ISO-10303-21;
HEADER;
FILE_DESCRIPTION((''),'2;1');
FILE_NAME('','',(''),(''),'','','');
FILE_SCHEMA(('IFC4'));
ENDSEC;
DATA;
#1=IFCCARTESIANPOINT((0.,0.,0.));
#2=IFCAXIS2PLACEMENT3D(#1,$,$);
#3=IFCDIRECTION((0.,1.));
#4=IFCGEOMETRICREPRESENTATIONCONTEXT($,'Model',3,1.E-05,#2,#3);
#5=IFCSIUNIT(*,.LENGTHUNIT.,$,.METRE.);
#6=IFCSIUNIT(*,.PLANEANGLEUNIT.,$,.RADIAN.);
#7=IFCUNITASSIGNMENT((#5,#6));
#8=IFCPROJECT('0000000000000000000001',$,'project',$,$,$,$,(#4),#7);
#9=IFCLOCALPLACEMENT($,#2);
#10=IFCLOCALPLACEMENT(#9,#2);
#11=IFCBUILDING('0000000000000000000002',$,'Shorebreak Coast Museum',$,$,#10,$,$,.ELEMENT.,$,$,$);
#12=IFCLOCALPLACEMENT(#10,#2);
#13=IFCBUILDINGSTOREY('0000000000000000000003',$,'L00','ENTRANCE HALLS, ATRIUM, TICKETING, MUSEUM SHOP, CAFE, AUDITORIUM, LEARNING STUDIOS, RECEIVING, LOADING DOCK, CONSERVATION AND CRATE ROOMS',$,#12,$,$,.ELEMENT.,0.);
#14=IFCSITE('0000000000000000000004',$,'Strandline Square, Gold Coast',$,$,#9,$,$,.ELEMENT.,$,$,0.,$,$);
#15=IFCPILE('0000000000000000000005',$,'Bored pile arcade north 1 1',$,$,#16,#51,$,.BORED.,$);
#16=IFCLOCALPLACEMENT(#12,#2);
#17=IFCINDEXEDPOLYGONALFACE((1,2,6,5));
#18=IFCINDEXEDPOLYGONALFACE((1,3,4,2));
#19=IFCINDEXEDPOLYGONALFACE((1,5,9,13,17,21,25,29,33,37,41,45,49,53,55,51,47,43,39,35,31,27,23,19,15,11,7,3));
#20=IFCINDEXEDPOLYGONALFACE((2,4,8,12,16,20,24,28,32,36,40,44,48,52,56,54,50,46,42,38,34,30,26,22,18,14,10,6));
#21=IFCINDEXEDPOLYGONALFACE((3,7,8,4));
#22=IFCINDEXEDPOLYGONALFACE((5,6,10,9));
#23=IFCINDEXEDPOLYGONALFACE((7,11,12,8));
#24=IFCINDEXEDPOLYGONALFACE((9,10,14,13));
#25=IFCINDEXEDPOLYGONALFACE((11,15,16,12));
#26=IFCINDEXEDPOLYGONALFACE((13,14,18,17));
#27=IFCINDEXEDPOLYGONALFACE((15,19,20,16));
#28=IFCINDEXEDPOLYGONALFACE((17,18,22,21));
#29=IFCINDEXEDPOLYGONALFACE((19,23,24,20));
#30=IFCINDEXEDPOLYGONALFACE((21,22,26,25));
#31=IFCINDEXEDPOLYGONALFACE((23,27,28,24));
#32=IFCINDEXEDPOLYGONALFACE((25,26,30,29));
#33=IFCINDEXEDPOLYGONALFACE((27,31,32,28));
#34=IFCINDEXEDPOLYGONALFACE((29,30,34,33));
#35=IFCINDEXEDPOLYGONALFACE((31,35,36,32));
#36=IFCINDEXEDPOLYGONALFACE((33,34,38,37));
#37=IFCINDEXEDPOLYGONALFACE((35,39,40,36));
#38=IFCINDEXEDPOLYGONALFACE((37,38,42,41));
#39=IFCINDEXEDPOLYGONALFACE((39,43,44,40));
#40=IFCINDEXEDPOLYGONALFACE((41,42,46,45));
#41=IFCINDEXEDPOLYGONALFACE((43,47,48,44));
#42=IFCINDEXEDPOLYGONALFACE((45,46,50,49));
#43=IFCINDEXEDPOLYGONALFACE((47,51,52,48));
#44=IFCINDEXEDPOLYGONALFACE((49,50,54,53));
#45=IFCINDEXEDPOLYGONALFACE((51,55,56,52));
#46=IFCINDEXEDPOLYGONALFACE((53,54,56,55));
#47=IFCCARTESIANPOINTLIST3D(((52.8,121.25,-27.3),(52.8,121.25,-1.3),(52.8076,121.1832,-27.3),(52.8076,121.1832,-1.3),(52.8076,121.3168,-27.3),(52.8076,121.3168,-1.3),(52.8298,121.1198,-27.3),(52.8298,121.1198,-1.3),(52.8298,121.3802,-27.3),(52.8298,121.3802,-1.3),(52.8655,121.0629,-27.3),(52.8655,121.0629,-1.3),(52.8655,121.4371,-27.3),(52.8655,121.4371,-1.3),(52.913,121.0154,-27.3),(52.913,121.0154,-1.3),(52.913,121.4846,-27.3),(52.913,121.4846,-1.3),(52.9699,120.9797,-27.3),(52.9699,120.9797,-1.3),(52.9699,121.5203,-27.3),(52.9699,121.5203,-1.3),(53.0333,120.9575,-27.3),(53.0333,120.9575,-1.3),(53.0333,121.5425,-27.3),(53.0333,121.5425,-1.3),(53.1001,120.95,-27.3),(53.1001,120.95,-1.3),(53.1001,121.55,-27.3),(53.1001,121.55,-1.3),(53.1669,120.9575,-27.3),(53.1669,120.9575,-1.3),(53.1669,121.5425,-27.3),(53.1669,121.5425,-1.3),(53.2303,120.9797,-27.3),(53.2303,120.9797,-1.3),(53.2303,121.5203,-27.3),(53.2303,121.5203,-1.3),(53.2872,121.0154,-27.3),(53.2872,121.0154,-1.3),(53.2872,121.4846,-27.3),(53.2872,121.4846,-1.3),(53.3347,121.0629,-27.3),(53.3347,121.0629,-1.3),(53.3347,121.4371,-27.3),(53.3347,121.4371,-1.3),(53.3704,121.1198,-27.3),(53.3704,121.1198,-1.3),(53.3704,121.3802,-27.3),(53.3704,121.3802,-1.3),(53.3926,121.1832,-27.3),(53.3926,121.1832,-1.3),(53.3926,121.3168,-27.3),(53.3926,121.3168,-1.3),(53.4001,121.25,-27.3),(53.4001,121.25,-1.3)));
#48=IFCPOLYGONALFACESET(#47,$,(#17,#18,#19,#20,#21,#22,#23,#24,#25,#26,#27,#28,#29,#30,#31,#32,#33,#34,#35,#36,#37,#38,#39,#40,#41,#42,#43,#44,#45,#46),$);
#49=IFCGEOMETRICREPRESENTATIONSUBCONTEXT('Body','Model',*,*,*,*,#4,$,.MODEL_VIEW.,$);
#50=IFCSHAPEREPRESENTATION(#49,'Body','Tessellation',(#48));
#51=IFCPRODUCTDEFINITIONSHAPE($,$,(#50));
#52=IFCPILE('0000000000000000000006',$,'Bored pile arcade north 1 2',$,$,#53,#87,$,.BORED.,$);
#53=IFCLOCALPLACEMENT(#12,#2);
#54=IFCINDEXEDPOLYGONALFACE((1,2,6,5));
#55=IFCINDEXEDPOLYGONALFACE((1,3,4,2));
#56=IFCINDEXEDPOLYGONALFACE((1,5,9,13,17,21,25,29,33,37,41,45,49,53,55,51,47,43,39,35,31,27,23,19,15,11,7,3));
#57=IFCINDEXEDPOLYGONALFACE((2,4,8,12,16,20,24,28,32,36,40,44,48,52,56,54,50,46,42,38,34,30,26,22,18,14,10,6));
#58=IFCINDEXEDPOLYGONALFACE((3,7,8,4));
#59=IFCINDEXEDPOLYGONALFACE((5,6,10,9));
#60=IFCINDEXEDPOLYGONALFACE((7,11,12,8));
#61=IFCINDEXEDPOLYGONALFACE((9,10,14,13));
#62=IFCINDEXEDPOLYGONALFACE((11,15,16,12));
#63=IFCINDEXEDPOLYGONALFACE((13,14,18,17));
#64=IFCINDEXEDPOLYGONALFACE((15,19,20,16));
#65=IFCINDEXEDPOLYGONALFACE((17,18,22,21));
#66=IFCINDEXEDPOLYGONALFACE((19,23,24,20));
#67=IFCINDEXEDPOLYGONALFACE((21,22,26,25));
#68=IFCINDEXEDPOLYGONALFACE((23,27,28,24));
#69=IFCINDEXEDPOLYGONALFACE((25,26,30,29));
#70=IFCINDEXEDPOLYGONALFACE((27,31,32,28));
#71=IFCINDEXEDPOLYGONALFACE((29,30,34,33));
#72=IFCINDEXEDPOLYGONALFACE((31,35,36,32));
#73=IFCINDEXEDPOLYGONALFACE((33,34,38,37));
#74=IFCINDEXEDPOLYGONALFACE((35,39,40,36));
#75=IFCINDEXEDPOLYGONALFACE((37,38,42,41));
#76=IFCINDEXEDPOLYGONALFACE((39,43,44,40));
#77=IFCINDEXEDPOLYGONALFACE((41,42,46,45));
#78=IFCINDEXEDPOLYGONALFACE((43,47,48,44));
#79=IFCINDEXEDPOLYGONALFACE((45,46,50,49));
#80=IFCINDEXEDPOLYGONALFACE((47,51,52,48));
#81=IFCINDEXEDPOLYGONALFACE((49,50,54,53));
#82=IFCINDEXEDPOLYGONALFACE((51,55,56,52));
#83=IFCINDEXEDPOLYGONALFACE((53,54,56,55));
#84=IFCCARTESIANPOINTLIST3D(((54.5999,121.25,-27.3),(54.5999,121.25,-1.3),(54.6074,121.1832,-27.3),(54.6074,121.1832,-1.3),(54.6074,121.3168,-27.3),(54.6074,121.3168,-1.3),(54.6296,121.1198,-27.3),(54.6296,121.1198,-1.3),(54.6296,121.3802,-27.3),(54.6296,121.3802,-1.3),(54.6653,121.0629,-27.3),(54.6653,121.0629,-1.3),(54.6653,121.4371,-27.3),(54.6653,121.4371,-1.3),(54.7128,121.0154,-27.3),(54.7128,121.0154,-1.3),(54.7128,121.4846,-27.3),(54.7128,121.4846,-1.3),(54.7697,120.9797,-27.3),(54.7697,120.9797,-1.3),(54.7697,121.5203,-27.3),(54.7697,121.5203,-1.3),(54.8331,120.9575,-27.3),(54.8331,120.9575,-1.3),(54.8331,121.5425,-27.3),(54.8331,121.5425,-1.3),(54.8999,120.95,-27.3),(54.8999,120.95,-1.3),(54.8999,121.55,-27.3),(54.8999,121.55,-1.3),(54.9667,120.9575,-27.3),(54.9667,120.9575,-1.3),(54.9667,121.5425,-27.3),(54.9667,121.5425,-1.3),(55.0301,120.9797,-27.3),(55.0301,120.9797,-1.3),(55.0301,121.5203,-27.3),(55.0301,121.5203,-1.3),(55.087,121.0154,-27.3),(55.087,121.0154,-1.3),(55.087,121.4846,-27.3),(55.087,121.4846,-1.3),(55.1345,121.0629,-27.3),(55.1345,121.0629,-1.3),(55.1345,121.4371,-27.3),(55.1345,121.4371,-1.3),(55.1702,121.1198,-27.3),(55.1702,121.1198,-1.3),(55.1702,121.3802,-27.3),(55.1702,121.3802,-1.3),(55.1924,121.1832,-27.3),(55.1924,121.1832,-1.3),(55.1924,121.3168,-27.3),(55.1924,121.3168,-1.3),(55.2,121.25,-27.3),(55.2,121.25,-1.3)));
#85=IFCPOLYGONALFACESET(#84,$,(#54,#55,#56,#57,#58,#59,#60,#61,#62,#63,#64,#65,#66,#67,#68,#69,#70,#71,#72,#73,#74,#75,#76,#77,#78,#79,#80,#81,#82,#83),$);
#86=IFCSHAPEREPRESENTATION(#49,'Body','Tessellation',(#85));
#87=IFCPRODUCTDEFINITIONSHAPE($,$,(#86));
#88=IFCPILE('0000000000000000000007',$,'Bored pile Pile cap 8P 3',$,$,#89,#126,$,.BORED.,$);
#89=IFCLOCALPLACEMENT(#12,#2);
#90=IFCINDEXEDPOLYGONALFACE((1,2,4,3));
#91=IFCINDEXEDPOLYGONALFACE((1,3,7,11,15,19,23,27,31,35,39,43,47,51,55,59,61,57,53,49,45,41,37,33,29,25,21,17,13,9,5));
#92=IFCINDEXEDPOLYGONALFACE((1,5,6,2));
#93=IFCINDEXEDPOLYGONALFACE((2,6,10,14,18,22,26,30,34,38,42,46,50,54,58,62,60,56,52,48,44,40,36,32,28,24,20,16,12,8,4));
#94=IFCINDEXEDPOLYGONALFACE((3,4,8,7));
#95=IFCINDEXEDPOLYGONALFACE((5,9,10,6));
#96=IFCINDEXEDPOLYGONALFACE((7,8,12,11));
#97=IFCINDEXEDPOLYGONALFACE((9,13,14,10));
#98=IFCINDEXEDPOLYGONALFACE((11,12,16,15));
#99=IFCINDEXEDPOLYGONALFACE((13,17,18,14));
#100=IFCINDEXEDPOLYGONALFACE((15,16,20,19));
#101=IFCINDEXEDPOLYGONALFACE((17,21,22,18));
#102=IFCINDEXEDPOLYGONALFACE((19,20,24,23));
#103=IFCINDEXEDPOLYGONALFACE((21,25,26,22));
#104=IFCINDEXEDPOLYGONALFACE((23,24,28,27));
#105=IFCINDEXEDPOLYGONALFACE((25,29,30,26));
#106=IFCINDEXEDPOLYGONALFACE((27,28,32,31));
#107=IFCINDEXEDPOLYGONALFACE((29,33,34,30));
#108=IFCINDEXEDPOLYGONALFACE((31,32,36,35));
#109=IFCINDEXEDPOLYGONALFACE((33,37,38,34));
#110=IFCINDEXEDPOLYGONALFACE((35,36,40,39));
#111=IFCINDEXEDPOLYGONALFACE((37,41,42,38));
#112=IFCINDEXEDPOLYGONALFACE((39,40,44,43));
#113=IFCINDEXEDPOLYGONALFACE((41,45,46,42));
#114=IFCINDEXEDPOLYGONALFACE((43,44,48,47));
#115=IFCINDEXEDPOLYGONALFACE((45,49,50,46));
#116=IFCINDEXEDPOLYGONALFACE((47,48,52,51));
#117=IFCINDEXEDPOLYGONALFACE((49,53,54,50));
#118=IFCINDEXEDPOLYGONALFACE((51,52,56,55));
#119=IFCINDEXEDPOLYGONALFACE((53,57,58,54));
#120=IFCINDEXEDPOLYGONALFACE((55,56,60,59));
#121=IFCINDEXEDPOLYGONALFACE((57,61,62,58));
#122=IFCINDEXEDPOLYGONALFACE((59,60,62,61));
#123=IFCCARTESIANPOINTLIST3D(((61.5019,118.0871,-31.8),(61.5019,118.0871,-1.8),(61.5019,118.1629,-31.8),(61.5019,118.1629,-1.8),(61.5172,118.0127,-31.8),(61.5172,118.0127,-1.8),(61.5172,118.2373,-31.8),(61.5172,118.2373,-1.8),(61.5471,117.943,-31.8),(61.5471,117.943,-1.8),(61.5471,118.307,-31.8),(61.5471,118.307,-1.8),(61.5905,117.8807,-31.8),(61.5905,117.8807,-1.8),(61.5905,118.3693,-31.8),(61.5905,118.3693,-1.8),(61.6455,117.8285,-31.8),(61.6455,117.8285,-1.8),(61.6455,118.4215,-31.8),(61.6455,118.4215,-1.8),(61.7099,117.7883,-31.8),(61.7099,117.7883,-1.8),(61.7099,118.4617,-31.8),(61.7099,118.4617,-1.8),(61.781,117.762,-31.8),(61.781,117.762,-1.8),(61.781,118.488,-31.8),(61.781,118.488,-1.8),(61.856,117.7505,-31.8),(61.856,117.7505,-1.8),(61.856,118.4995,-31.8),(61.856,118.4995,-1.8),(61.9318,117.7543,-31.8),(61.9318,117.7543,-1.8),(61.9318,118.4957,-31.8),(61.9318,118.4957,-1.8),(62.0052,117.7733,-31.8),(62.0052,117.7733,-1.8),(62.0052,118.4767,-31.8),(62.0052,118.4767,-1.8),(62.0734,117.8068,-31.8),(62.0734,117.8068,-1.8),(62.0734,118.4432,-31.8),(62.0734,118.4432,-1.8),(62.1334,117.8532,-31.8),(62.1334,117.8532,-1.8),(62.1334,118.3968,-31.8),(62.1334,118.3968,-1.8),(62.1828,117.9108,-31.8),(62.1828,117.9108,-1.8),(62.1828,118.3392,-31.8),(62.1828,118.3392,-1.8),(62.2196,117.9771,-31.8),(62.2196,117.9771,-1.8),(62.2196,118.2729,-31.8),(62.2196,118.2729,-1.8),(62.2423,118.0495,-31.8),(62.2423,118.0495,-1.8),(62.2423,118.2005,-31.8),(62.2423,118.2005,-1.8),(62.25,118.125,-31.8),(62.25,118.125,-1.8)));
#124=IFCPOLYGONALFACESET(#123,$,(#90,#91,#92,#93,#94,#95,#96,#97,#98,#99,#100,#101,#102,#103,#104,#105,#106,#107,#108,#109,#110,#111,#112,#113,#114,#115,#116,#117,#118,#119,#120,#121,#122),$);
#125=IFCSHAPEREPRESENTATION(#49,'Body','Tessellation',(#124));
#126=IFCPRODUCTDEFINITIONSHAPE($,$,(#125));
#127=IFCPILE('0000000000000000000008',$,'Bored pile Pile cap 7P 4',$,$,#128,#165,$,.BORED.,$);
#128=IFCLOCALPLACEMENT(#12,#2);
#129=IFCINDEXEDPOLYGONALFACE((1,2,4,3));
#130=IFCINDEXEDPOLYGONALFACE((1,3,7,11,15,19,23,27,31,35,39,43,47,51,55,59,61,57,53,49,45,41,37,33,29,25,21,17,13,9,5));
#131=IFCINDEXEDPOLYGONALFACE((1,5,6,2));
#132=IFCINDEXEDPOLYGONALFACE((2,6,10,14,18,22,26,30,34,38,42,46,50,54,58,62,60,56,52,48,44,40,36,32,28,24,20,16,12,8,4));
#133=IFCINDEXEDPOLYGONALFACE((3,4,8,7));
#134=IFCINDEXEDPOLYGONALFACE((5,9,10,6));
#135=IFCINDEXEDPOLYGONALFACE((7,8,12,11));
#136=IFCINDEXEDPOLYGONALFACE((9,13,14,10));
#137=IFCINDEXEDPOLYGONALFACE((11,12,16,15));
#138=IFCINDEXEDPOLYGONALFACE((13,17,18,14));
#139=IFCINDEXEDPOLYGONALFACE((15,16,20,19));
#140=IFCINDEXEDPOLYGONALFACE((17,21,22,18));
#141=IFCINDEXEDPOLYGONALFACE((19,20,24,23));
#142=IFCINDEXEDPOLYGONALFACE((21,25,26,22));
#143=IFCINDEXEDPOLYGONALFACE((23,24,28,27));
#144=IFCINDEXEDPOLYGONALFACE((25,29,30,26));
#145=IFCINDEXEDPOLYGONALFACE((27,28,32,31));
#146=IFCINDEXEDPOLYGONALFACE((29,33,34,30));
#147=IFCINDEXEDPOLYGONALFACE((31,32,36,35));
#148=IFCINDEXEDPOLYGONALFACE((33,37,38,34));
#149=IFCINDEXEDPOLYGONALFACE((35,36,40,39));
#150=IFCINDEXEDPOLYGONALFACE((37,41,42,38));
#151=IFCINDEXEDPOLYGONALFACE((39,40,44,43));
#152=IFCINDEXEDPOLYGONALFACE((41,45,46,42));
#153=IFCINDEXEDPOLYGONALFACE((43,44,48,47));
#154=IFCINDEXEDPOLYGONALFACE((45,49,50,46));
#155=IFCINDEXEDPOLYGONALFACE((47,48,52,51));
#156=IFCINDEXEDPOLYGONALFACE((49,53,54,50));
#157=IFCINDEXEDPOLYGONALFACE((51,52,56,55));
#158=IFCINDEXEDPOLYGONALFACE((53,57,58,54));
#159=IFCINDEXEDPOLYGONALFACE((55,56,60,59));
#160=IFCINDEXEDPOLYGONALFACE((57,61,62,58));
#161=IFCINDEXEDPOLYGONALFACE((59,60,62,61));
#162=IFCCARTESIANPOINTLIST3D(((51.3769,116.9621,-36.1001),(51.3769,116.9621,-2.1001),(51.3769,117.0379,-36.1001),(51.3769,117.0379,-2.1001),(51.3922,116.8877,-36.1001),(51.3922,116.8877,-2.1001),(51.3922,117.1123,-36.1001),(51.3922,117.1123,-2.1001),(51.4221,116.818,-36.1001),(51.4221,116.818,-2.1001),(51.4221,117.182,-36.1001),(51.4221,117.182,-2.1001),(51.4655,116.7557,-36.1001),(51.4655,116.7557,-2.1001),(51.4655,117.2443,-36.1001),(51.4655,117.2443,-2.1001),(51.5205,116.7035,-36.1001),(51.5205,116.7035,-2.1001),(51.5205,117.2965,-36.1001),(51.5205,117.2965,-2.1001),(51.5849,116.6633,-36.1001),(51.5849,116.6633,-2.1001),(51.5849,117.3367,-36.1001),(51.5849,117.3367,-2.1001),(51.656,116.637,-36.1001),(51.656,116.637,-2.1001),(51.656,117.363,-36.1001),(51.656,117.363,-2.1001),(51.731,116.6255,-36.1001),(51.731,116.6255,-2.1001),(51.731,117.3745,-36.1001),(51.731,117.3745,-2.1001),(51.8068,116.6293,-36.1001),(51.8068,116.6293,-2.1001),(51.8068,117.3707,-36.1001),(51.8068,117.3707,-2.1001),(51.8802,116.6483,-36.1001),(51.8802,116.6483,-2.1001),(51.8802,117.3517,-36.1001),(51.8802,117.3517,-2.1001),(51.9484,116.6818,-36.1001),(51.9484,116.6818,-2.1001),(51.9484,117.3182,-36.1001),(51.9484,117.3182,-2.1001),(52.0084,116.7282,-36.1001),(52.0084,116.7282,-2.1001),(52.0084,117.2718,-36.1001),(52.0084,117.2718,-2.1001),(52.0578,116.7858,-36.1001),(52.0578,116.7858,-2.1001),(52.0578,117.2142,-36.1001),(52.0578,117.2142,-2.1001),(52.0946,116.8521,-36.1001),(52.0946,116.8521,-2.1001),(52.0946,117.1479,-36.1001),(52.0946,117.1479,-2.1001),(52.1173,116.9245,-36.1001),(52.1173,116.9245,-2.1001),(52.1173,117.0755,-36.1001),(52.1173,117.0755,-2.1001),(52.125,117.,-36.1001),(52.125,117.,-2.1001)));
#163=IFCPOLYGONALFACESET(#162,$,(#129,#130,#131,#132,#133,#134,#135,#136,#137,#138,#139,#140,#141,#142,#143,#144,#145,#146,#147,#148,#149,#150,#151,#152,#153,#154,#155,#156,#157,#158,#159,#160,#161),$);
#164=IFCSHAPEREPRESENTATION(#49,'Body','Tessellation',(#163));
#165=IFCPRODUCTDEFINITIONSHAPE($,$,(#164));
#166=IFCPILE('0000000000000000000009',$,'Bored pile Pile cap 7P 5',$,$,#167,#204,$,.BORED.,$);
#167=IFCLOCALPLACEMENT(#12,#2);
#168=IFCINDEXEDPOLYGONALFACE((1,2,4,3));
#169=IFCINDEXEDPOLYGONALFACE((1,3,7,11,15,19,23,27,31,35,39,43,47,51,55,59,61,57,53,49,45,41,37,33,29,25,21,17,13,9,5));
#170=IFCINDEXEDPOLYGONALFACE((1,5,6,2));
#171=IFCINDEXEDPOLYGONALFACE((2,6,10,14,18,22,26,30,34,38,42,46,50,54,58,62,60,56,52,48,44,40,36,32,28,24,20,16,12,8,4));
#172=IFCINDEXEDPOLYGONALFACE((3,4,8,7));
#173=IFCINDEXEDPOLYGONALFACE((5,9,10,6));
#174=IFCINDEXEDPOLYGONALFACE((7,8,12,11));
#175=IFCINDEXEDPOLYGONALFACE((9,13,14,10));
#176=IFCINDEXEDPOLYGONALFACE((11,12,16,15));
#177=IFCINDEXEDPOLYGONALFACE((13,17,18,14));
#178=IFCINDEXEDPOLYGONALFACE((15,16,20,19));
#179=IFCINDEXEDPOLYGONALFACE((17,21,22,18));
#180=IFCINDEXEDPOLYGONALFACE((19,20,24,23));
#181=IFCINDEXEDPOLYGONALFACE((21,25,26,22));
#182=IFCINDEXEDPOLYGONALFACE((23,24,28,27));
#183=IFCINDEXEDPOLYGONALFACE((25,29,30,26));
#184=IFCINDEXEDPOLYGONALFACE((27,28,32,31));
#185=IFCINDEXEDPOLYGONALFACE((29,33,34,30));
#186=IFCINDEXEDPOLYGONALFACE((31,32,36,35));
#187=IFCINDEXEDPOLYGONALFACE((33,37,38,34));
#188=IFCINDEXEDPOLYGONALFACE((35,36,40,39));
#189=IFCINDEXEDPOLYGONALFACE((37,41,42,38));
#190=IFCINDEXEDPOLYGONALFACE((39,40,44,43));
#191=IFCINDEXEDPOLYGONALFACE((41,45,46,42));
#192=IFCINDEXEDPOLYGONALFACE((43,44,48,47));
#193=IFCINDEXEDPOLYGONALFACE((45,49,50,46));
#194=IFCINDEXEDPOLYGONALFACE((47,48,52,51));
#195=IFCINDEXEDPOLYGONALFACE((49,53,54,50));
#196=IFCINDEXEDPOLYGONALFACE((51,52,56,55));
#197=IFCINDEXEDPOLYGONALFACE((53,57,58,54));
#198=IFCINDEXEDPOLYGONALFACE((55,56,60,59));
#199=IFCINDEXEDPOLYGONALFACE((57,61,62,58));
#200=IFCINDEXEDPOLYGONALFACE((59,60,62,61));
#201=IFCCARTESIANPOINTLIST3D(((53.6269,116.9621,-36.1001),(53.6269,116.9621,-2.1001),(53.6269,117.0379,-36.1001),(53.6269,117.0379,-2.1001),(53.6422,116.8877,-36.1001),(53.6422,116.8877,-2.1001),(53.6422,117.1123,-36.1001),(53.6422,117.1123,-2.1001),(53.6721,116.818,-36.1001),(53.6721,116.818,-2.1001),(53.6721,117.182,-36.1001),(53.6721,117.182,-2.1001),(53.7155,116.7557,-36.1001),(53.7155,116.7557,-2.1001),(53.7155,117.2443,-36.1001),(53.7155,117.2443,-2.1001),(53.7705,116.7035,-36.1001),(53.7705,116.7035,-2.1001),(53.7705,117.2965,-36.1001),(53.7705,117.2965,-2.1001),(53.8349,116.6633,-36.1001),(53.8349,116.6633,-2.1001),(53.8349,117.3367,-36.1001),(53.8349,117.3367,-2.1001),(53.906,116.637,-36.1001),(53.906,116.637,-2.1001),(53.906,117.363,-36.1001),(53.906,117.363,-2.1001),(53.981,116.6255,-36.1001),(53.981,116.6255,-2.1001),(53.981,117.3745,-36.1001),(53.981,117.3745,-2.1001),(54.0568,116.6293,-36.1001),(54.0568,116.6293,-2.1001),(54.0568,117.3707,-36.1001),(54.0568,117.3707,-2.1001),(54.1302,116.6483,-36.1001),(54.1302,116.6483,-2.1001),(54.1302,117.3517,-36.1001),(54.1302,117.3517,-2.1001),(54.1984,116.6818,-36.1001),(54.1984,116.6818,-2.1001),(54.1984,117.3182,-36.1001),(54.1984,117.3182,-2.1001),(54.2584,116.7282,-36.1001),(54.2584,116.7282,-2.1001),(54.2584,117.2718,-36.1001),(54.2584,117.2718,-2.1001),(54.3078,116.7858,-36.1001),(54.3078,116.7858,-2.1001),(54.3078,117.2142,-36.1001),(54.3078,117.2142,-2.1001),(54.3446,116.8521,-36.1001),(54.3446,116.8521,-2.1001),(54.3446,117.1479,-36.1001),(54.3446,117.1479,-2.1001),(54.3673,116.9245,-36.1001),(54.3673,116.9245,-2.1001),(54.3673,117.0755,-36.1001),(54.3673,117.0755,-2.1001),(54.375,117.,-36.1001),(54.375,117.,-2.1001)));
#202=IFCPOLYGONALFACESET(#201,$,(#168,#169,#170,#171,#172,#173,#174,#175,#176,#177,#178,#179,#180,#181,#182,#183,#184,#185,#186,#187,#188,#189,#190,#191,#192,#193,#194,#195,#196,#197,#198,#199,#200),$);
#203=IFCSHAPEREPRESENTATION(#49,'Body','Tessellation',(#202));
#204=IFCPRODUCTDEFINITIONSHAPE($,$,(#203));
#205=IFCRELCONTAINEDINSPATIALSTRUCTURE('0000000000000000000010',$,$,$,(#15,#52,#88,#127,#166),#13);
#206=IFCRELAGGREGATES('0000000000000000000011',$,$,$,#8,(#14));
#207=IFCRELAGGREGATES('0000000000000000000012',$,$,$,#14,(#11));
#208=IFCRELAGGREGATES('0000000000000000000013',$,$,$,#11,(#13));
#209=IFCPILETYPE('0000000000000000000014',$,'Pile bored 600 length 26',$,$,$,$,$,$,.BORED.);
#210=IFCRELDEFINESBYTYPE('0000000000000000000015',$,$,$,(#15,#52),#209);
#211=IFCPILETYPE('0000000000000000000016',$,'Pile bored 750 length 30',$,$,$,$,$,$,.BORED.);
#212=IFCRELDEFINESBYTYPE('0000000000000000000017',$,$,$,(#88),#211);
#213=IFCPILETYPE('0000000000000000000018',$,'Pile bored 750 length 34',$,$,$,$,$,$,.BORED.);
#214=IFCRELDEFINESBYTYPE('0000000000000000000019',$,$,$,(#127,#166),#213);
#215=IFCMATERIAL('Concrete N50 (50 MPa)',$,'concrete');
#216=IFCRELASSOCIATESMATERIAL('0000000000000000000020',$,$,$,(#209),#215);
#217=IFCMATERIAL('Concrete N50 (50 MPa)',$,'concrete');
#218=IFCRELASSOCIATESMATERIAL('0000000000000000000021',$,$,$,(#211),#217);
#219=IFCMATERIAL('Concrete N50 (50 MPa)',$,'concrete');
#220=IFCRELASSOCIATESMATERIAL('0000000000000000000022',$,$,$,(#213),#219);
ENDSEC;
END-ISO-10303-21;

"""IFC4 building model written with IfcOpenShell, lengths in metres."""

from ifc_helpers import new_model, si_unit, direction, frame, origin, origin_2d, place, context, subcontext, project, spatial, circle, extrude, material, material_profile, profile_set, type_object, element, save


model = new_model("IFC4")

# Units and contexts
model_context = context("Model", 3, precision=1e-05, world=origin(), true_north=direction((0.0, 1.0)))
body_context = subcontext(model_context, "Body", "Model", "MODEL_VIEW")
ifc_project = project(units=[si_unit("LENGTHUNIT", "METRE"), si_unit("PLANEANGLEUNIT", "RADIAN")], contexts=[model_context])

# Site, building, storey
site_placement = place(None, origin())
site = spatial("IfcSite", under=ifc_project, at=site_placement, Name="Strandline Square, Gold Coast", CompositionType="ELEMENT", RefElevation=0.0)
building_placement = place(site_placement, origin())
building = spatial("IfcBuilding", under=site, at=building_placement, Name="Shorebreak Coast Museum", CompositionType="ELEMENT")
storey_placement = place(building_placement, origin())
storey = spatial("IfcBuildingStorey", under=building, at=storey_placement, Name="L00", Description="ENTRANCE HALLS, ATRIUM, TICKETING, MUSEUM SHOP, CAFE, AUDITORIUM, LEARNING STUDIOS, RECEIVING, LOADING DOCK, CONSERVATION AND CRATE ROOMS", CompositionType="ELEMENT", Elevation=0.0)

# Piles
ifc_material_1 = material(Name="Concrete N50 (50 MPa)", Category="concrete")
ifc_material_profile_1 = material_profile(ifc_material_1, circle(Radius=0.3, at=origin_2d()), Name="Pile bored 600 length 26")
ifc_profile_set_1 = profile_set([ifc_material_profile_1], Name="Concrete N50 (50 MPa)")
pile_type_1 = type_object("IfcPileType", Name="Pile bored 600 length 26", PredefinedType="BORED", material=ifc_profile_set_1)
for number, where, z_axis, x_axis, name in (
    (1, (53.1001, 121.25, -1.3), (0.0, 0.0, -1.0), (1.0, 0.0, 0.0), "Bored pile arcade north 1 1"),
    (2, (54.8999, 121.25, -1.3), (0.0, 0.0, -1.0), (1.0, 0.0, 0.0), "Bored pile arcade north 1 2"),
):
    element("IfcPile", number, at=place(storey_placement, frame(where, z_axis=z_axis, x_axis=x_axis)), inside=storey, type_object=pile_type_1, Name=name, PredefinedType="BORED", context=body_context, shape_type="SweptSolid", body=[
        extrude(circle(Radius=0.3, at=origin_2d()), origin(), (0.0, 0.0, 1.0), 26.0),
    ])
ifc_material_2 = material(Name="Concrete N50 (50 MPa)", Category="concrete")
ifc_material_profile_2 = material_profile(ifc_material_2, circle(Radius=0.375, at=origin_2d()), Name="Pile bored 750 length 30")
ifc_profile_set_2 = profile_set([ifc_material_profile_2], Name="Concrete N50 (50 MPa)")
pile_type_2 = type_object("IfcPileType", Name="Pile bored 750 length 30", PredefinedType="BORED", material=ifc_profile_set_2)
pile_placement = place(storey_placement, frame((61.875, 118.125, -1.8), z_axis=(0.0, 0.0, -1.0), x_axis=(1.0, 0.0, 0.0)))
element("IfcPile", 3, at=pile_placement, inside=storey, type_object=pile_type_2, Name="Bored pile Pile cap 8P 3", PredefinedType="BORED", context=body_context, shape_type="SweptSolid", body=[
    extrude(circle(Radius=0.375, at=origin_2d()), origin(), (0.0, 0.0, 1.0), 30.0),
])
ifc_material_3 = material(Name="Concrete N50 (50 MPa)", Category="concrete")
ifc_material_profile_3 = material_profile(ifc_material_3, circle(Radius=0.375, at=origin_2d()), Name="Pile bored 750 length 34")
ifc_profile_set_3 = profile_set([ifc_material_profile_3], Name="Concrete N50 (50 MPa)")
pile_type_3 = type_object("IfcPileType", Name="Pile bored 750 length 34", PredefinedType="BORED", material=ifc_profile_set_3)
for number, where, z_axis, x_axis, name in (
    (4, (51.75, 117.0, -2.1001), (0.0, 0.0, -1.0), (1.0, 0.0, 0.0), "Bored pile Pile cap 7P 4"),
    (5, (54.0, 117.0, -2.1001), (0.0, 0.0, -1.0), (1.0, 0.0, 0.0), "Bored pile Pile cap 7P 5"),
):
    element("IfcPile", number, at=place(storey_placement, frame(where, z_axis=z_axis, x_axis=x_axis)), inside=storey, type_object=pile_type_3, Name=name, PredefinedType="BORED", context=body_context, shape_type="SweptSolid", body=[
        extrude(circle(Radius=0.375, at=origin_2d()), origin(), (0.0, 0.0, 1.0), 34.0),
    ])

save(model, "model.ifc")
